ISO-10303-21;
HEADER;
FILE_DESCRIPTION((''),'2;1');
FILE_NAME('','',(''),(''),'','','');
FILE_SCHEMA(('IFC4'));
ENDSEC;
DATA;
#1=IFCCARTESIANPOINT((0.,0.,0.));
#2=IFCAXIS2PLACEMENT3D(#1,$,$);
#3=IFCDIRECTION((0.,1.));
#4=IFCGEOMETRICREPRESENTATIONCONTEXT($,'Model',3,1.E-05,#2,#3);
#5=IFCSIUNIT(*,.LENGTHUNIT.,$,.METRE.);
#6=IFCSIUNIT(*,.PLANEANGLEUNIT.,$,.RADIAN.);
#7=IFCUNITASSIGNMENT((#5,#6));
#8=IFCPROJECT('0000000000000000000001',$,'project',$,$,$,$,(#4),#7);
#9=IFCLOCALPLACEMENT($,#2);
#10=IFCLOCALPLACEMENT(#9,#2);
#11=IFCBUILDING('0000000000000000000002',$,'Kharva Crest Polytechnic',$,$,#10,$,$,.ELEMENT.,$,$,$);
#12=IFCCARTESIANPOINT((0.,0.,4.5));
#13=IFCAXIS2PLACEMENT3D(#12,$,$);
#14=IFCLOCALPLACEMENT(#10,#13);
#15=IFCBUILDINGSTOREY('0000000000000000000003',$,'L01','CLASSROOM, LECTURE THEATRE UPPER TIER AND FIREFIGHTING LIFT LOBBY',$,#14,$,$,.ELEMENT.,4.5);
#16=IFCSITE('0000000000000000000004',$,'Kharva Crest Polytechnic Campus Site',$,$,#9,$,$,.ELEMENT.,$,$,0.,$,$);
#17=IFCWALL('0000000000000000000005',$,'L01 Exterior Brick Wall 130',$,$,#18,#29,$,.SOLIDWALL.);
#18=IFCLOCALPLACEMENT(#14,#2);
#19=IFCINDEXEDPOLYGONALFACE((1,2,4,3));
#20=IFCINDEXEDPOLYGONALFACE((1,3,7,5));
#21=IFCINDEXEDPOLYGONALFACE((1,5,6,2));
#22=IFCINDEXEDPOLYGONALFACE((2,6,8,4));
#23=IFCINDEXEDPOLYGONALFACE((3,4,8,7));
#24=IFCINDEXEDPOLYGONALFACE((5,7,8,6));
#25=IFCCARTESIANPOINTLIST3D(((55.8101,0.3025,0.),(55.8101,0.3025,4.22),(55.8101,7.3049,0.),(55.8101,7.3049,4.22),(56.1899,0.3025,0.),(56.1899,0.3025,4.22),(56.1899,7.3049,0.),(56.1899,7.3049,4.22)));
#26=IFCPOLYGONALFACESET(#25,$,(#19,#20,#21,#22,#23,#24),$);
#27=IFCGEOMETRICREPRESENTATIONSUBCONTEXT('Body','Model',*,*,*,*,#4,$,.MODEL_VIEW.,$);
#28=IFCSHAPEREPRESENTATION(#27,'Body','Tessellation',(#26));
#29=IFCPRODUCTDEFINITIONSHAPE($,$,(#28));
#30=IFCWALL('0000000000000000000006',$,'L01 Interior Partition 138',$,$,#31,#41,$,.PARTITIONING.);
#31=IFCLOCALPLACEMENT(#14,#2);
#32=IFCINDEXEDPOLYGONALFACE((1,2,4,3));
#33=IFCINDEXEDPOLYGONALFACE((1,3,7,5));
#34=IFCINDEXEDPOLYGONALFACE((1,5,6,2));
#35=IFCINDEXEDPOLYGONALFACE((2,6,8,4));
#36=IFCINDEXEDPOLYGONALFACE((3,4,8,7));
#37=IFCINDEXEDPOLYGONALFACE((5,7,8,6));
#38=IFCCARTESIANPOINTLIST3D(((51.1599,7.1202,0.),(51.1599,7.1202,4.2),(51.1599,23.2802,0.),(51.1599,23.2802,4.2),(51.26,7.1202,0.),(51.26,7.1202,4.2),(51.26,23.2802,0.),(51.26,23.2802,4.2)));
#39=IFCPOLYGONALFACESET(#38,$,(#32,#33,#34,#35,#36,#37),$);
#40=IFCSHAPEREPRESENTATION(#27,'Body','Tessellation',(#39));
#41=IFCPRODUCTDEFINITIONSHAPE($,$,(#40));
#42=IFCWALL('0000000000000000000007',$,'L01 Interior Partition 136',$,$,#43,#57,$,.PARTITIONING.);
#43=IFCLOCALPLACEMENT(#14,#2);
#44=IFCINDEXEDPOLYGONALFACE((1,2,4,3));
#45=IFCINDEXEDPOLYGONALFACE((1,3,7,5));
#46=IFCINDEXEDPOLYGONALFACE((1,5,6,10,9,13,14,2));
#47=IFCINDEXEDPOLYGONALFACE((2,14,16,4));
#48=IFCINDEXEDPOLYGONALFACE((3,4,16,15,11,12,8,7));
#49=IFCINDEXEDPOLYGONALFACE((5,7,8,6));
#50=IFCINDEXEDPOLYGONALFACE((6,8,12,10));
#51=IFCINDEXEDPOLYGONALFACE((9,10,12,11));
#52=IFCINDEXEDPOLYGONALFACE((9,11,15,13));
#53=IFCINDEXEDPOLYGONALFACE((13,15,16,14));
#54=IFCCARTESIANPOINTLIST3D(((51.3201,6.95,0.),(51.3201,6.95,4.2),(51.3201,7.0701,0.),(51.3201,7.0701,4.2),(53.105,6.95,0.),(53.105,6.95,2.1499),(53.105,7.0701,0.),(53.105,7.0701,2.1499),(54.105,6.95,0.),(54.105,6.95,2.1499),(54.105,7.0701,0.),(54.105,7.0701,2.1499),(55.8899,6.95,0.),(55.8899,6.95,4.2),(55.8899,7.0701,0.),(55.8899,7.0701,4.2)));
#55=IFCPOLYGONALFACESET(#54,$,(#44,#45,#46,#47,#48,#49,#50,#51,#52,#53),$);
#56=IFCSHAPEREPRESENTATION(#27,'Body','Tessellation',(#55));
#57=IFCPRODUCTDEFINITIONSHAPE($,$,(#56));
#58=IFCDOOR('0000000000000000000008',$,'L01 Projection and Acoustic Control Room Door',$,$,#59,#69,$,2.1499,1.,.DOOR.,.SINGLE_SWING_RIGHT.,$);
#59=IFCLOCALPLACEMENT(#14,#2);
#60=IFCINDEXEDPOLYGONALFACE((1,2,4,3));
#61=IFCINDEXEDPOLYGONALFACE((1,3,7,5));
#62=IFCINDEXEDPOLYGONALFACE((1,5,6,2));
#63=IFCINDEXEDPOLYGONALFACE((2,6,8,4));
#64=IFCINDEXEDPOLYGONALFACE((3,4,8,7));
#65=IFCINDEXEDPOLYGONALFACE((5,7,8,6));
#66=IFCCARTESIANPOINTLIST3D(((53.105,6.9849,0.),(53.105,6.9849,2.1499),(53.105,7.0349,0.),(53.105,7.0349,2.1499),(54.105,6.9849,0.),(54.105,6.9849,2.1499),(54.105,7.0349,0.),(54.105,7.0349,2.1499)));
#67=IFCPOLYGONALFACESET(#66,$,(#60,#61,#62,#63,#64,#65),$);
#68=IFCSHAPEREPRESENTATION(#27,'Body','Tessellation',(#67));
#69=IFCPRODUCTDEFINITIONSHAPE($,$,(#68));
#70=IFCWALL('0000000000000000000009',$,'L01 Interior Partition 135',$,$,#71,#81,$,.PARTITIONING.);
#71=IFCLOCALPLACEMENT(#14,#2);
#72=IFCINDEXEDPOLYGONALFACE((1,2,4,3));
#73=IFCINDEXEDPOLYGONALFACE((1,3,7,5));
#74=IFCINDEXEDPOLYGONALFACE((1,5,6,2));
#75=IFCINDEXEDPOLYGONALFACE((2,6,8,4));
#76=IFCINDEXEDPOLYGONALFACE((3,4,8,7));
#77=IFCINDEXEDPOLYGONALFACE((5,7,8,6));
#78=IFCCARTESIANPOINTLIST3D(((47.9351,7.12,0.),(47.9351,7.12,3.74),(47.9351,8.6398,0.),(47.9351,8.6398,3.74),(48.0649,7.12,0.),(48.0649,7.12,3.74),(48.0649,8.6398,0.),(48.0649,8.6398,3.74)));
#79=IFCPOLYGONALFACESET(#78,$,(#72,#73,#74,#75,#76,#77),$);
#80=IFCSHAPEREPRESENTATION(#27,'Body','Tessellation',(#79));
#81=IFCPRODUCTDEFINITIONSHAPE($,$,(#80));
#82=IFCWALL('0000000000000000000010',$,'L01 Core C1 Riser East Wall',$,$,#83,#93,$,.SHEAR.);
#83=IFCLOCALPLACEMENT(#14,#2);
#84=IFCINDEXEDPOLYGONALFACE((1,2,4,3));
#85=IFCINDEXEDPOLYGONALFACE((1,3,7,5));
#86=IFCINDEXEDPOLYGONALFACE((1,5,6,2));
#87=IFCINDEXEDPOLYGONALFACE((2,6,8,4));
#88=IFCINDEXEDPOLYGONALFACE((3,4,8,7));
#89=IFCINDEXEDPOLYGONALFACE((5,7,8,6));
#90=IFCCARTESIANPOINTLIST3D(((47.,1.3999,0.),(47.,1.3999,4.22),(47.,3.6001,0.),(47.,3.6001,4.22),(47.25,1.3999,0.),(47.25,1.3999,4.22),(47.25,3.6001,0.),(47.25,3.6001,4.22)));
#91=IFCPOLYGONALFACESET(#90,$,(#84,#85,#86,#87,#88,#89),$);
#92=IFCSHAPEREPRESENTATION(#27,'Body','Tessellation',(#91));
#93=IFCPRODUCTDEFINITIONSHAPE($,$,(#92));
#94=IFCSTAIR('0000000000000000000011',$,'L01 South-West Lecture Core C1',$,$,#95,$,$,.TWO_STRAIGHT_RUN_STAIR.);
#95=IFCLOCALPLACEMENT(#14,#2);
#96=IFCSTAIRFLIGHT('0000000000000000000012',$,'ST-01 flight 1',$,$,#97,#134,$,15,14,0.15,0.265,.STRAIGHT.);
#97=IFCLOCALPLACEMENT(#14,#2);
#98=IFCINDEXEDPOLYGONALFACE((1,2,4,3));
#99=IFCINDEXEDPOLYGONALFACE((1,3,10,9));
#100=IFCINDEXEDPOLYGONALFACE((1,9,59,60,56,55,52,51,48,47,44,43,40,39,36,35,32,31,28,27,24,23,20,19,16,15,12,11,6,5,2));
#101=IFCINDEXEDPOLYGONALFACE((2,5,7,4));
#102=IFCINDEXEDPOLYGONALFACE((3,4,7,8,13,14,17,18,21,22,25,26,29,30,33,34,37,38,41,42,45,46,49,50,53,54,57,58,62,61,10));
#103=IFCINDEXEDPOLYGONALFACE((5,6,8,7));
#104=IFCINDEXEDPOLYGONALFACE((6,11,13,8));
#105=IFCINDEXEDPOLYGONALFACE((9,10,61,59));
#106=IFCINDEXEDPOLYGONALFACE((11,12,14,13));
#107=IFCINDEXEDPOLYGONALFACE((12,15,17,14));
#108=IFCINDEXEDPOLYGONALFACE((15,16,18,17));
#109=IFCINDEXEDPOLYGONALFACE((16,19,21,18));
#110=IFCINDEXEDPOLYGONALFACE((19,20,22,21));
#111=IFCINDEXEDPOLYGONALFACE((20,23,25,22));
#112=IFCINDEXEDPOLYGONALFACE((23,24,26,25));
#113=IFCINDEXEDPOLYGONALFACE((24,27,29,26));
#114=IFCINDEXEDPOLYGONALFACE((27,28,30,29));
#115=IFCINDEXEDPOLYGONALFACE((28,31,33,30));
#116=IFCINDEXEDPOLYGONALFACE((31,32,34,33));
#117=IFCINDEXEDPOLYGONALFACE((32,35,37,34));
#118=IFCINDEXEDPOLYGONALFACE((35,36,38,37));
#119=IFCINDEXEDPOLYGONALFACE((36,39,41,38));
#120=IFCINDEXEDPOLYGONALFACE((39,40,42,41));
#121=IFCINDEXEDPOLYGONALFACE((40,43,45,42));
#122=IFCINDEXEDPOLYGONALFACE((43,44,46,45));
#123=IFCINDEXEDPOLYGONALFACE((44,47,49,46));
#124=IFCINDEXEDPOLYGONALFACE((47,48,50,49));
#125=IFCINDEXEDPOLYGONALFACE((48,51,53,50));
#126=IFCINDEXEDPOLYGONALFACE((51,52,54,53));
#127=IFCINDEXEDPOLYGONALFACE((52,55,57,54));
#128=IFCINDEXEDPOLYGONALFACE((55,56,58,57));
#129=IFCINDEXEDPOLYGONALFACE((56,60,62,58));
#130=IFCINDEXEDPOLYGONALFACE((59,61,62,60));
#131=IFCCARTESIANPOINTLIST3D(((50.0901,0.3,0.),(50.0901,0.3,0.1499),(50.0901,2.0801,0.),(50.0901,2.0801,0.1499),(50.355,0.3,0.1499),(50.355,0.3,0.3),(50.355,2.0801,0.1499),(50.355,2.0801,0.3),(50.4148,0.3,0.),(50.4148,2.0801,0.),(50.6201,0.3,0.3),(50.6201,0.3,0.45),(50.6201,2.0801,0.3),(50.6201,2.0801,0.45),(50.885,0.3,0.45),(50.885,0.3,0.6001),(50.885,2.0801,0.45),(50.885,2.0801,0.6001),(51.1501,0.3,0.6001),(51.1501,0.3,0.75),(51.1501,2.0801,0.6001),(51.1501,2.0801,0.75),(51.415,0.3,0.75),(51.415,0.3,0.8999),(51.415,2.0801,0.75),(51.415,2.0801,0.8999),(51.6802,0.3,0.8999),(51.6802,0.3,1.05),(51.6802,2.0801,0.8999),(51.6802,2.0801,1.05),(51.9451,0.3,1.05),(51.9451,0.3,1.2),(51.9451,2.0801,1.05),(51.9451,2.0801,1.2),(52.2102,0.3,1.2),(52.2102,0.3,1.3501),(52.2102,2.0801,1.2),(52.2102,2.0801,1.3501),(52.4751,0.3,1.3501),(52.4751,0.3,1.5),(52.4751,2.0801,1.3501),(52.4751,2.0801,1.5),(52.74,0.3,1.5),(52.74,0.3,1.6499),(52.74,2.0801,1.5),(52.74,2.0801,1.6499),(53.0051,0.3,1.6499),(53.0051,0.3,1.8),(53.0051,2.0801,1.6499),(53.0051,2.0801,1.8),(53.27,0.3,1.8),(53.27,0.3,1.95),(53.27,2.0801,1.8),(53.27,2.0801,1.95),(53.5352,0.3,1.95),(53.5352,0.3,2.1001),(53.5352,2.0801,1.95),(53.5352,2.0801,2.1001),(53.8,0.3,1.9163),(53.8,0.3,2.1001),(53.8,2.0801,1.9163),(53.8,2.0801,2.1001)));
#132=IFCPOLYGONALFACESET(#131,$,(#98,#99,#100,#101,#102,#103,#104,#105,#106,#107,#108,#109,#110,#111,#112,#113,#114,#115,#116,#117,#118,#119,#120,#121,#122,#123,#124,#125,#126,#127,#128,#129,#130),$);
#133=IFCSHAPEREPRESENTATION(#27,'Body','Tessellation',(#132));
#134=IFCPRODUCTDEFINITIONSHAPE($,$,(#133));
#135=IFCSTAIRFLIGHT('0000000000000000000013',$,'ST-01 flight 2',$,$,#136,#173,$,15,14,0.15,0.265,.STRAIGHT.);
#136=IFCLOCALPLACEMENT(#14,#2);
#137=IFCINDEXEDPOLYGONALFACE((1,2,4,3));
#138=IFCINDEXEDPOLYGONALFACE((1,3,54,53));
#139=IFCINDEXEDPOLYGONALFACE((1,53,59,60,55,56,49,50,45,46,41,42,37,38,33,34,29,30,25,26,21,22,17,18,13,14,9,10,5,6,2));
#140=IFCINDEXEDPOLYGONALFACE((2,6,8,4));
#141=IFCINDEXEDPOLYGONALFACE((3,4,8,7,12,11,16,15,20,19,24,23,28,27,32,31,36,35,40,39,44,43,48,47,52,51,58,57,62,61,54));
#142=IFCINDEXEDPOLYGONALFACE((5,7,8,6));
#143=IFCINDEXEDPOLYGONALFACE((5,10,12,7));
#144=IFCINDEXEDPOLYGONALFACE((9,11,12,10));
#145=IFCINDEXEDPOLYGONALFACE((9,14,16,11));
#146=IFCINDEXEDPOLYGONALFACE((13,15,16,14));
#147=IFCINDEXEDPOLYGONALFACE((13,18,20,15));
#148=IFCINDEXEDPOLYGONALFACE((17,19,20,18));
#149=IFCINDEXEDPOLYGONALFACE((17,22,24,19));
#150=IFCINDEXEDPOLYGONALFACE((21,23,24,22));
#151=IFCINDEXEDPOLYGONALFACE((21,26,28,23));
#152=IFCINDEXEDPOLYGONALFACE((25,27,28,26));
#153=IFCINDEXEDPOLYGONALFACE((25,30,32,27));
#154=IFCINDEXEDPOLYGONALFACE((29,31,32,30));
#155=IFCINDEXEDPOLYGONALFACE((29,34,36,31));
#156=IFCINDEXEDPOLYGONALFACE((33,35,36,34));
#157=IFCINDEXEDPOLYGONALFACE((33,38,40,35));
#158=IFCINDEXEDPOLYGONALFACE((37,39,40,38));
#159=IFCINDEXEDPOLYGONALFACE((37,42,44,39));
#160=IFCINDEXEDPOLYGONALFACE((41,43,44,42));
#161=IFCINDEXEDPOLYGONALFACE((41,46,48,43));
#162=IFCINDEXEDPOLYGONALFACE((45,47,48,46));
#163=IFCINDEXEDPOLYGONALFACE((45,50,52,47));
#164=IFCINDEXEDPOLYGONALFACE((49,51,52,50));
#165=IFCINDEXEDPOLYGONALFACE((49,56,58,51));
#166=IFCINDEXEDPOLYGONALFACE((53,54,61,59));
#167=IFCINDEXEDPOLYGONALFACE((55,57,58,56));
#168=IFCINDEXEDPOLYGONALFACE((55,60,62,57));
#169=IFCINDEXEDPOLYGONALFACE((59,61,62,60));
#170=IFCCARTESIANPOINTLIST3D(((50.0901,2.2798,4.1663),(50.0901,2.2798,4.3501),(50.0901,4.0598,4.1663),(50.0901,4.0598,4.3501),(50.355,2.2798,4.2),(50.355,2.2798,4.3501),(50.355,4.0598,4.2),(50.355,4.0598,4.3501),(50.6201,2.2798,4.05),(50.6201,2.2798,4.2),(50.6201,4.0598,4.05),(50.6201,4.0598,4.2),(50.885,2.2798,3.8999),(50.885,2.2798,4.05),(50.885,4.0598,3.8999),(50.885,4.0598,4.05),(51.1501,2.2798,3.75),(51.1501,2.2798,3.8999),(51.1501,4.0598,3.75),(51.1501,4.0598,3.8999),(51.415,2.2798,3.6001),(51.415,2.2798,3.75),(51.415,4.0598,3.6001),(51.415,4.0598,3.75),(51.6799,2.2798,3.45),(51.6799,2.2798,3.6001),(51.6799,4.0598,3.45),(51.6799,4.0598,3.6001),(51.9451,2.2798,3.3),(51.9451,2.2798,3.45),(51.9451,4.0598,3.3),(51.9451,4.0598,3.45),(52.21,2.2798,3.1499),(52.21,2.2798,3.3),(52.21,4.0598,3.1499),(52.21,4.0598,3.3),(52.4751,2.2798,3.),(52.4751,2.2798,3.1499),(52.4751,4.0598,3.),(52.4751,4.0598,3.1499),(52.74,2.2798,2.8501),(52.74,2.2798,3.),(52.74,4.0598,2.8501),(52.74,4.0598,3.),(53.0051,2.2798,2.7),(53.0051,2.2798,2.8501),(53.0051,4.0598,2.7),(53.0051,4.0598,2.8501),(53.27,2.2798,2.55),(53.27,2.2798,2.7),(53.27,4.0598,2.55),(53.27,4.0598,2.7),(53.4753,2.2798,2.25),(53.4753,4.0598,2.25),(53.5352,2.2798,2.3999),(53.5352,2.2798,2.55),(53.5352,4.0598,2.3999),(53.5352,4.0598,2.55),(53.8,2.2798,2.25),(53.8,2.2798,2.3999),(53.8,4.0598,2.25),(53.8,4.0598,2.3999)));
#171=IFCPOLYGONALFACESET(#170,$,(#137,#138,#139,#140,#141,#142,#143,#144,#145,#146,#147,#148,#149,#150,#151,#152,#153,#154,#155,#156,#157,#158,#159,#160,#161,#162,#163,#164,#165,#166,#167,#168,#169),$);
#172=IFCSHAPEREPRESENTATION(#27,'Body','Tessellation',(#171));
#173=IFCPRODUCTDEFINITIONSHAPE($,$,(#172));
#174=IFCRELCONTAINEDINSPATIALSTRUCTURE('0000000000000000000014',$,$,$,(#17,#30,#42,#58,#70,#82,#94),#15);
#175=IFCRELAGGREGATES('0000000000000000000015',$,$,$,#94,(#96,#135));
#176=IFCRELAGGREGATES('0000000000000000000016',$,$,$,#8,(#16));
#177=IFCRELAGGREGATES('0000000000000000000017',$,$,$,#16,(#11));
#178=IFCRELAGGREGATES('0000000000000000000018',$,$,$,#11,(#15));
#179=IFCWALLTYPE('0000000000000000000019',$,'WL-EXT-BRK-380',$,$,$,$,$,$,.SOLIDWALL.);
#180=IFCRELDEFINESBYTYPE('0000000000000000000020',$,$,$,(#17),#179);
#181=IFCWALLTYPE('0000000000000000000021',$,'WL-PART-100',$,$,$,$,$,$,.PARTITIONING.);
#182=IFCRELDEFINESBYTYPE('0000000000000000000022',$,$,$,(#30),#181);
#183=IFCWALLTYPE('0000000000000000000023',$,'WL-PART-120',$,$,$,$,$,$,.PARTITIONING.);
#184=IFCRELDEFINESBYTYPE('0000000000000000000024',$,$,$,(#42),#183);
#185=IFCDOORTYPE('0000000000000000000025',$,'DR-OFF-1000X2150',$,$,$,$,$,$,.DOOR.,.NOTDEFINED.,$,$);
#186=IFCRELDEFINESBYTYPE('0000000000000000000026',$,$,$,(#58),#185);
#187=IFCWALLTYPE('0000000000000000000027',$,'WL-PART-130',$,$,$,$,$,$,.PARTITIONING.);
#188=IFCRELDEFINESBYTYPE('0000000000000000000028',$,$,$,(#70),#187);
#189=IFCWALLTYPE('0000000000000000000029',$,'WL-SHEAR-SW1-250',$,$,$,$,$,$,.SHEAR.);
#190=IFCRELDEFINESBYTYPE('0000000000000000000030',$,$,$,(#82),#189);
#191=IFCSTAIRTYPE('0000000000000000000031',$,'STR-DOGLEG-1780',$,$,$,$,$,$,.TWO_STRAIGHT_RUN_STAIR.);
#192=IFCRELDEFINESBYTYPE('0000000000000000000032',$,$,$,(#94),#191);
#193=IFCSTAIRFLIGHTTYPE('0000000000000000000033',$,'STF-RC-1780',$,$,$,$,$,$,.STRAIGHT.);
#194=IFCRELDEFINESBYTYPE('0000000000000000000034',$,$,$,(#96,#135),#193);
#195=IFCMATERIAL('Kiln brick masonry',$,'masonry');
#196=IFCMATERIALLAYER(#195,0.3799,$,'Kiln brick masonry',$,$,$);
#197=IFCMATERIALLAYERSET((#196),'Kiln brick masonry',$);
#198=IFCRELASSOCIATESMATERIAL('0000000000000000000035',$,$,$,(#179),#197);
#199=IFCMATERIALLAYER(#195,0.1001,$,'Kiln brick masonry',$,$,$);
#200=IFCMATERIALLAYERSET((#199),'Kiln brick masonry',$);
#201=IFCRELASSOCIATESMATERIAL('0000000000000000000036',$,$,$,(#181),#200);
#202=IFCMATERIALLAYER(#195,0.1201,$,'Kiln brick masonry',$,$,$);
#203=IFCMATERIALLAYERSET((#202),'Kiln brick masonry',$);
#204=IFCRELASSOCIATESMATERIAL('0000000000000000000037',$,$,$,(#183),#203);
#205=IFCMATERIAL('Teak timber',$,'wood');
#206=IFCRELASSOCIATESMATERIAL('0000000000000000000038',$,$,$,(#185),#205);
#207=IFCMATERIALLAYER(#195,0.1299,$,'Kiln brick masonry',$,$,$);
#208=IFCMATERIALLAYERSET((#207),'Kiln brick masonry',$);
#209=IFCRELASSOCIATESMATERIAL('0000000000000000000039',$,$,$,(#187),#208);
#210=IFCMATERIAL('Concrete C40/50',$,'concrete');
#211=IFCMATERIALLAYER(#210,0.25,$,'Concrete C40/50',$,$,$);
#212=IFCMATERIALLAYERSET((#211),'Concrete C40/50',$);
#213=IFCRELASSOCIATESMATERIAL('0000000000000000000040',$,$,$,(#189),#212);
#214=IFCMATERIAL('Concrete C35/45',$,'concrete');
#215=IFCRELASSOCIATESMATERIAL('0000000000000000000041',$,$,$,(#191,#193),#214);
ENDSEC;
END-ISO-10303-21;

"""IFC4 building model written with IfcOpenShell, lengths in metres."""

from ifc_helpers import new_model, si_unit, direction, frame, frame_2d, origin, place, context, subcontext, project, spatial, polyline, rectangle, outline, extrude, material, layer, layer_set, type_object, element, fill, aggregate, save


model = new_model("IFC4")

# Units and contexts
model_context = context("Model", 3, precision=1e-05, world=origin(), true_north=direction((0.0, 1.0)))
body_context = subcontext(model_context, "Body", "Model", "MODEL_VIEW")
ifc_project = project(units=[si_unit("LENGTHUNIT", "METRE"), si_unit("PLANEANGLEUNIT", "RADIAN")], contexts=[model_context])

# Site, building, storey
site_placement = place(None, origin())
site = spatial("IfcSite", under=ifc_project, at=site_placement, Name="Kharva Crest Polytechnic Campus Site", CompositionType="ELEMENT", RefElevation=0.0)
building_placement = place(site_placement, origin())
building = spatial("IfcBuilding", under=site, at=building_placement, Name="Kharva Crest Polytechnic", CompositionType="ELEMENT")
storey_placement = place(building_placement, frame((0.0, 0.0, 4.5)))
storey = spatial("IfcBuildingStorey", under=building, at=storey_placement, Name="L01", Description="CLASSROOM, LECTURE THEATRE UPPER TIER AND FIREFIGHTING LIFT LOBBY", CompositionType="ELEMENT", Elevation=4.5)

# Shared definitions
ifc_material_1 = material(Name="Concrete C40/50", Category="concrete")

# Shared definitions
ifc_material_2 = material(Name="Concrete C35/45", Category="concrete")

# Shared definitions
ifc_material_3 = material(Name="Teak timber", Category="wood")

# Walls
ifc_material_4 = material(Name="Kiln brick masonry", Category="masonry")
ifc_layer_1 = layer(ifc_material_4, 0.3799, Name="Kiln brick masonry")
ifc_layer_set_1 = layer_set([ifc_layer_1], Name="Kiln brick masonry")
wall_type_1 = type_object("IfcWallType", Name="WL-EXT-BRK-380", PredefinedType="SOLIDWALL", material=ifc_layer_set_1)
wall_1_placement = place(storey_placement, frame((56.0, 0.3025, 0.0), z_axis=(0.0, 0.0, 1.0), x_axis=(0.0, 1.0, 0.0)))
element("IfcWall", 1, at=wall_1_placement, inside=storey, type_object=wall_type_1, Name="L01 Exterior Brick Wall 130", PredefinedType="SOLIDWALL", context=body_context, shape_type="SweptSolid", body=[
    extrude(rectangle(XDim=7.0024, YDim=0.3799, at=frame_2d((3.5012, 0.0))), origin(), (0.0, 0.0, 1.0), 4.22),
])
ifc_layer_2 = layer(ifc_material_4, 0.1001, Name="Kiln brick masonry")
ifc_layer_set_2 = layer_set([ifc_layer_2], Name="Kiln brick masonry")
wall_type_2 = type_object("IfcWallType", Name="WL-PART-100", PredefinedType="PARTITIONING", material=ifc_layer_set_2)
wall_2_placement = place(storey_placement, frame((51.21, 7.1201, 0.0), z_axis=(0.0, 0.0, 1.0), x_axis=(0.0, 1.0, 0.0)))
element("IfcWall", 2, at=wall_2_placement, inside=storey, type_object=wall_type_2, Name="L01 Interior Partition 138", PredefinedType="PARTITIONING", context=body_context, shape_type="SweptSolid", body=[
    extrude(rectangle(XDim=16.1599, YDim=0.1001, at=frame_2d((8.0801, 0.0))), origin(), (0.0, 0.0, 1.0), 4.2),
])

# Wall, opening, door
ifc_layer_3 = layer(ifc_material_4, 0.1201, Name="Kiln brick masonry")
ifc_layer_set_3 = layer_set([ifc_layer_3], Name="Kiln brick masonry")
wall_type_3 = type_object("IfcWallType", Name="WL-PART-120", PredefinedType="PARTITIONING", material=ifc_layer_set_3)
wall_3_placement = place(storey_placement, frame((51.3201, 7.01, 0.0), z_axis=(0.0, 0.0, 1.0), x_axis=(1.0, 0.0, 0.0)))
wall_3 = element("IfcWall", 3, at=wall_3_placement, inside=storey, type_object=wall_type_3, Name="L01 Interior Partition 136", PredefinedType="PARTITIONING", context=body_context, shape_type="SweptSolid", body=[
    extrude(rectangle(XDim=4.5698, YDim=0.1201, at=frame_2d((2.2849, 0.0))), origin(), (0.0, 0.0, 1.0), 4.2),
])
opening_1_placement = place(wall_3_placement, frame((1.7849, 0.0, 0.0)))
opening_1 = element("IfcOpeningElement", 4, at=opening_1_placement, cuts=wall_3, PredefinedType="OPENING", context=body_context, shape_type="SweptSolid", body=[
    extrude(rectangle(XDim=1.0, YDim=2.1499, at=frame_2d((0.5, 1.075))), frame((0.0, 0.0701, 0.0), z_axis=(0.0, -1.0, 0.0), x_axis=(1.0, 0.0, 0.0)), (0.0, 0.0, 1.0), 0.1401),
])
door_type_1 = type_object("IfcDoorType", Name="DR-OFF-1000X2150", OperationType="NOTDEFINED", PredefinedType="DOOR", material=ifc_material_3)
door_1_placement = place(opening_1_placement, origin())
door_1 = element("IfcDoor", 5, at=door_1_placement, inside=storey, type_object=door_type_1, Name="L01 Projection and Acoustic Control Room Door", OperationType="SINGLE_SWING_RIGHT", OverallHeight=2.1499, OverallWidth=1.0, PredefinedType="DOOR", context=body_context, shape_type="SweptSolid", body=[
    extrude(rectangle(XDim=1.0, YDim=2.1499, at=frame_2d((0.5, 1.075))), frame((0.0, 0.0249, 0.0), z_axis=(0.0, -1.0, 0.0), x_axis=(1.0, 0.0, 0.0)), (0.0, 0.0, 1.0), 0.05),
])
fill(opening_1, door_1)

# Walls
ifc_layer_4 = layer(ifc_material_4, 0.1299, Name="Kiln brick masonry")
ifc_layer_set_4 = layer_set([ifc_layer_4], Name="Kiln brick masonry")
wall_type_4 = type_object("IfcWallType", Name="WL-PART-130", PredefinedType="PARTITIONING", material=ifc_layer_set_4)
wall_4_placement = place(storey_placement, frame((48.0, 7.1201, 0.0), z_axis=(0.0, 0.0, 1.0), x_axis=(0.0, 1.0, 0.0)))
element("IfcWall", 6, at=wall_4_placement, inside=storey, type_object=wall_type_4, Name="L01 Interior Partition 135", PredefinedType="PARTITIONING", context=body_context, shape_type="SweptSolid", body=[
    extrude(rectangle(XDim=1.5198, YDim=0.1299, at=frame_2d((0.7598, 0.0))), origin(), (0.0, 0.0, 1.0), 3.74),
])
ifc_layer_5 = layer(ifc_material_1, 0.25, Name="Concrete C40/50")
ifc_layer_set_5 = layer_set([ifc_layer_5], Name="Concrete C40/50")
wall_type_5 = type_object("IfcWallType", Name="WL-SHEAR-SW1-250", PredefinedType="SHEAR", material=ifc_layer_set_5)
wall_5_placement = place(storey_placement, frame((47.125, 1.3999, 0.0), z_axis=(0.0, 0.0, 1.0), x_axis=(0.0, 1.0, 0.0)))
element("IfcWall", 7, at=wall_5_placement, inside=storey, type_object=wall_type_5, Name="L01 Core C1 Riser East Wall", PredefinedType="SHEAR", context=body_context, shape_type="SweptSolid", body=[
    extrude(rectangle(XDim=2.2002, YDim=0.25, at=frame_2d((1.1001, 0.0))), origin(), (0.0, 0.0, 1.0), 4.22),
])

# Stair, stair flights
stair_type = type_object("IfcStairType", Name="STR-DOGLEG-1780", PredefinedType="TWO_STRAIGHT_RUN_STAIR", material=ifc_material_2)
stair_placement = place(storey_placement, origin())
stair = element("IfcStair", 8, at=stair_placement, inside=storey, type_object=stair_type, Name="L01 South-West Lecture Core C1", PredefinedType="TWO_STRAIGHT_RUN_STAIR")
stair_flight_type = type_object("IfcStairFlightType", Name="STF-RC-1780", PredefinedType="STRAIGHT", material=ifc_material_2)
stair_flight_1_placement = place(storey_placement, frame((50.0901, 1.1899, 0.0), z_axis=(0.0, 0.0, 1.0), x_axis=(1.0, 0.0, 0.0)))
stair_flight_1 = element("IfcStairFlight", 9, at=stair_flight_1_placement, type_object=stair_flight_type, Name="ST-01 flight 1", NumberOfRisers=15, NumberOfTreads=14, PredefinedType="STRAIGHT", RiserHeight=0.15, TreadLength=0.265, context=body_context, shape_type="SweptSolid", body=[
    extrude(outline(polyline([(0.0, 0.0), (0.0, 0.1499), (0.2649, 0.1499), (0.2649, 0.3), (0.53, 0.3), (0.53, 0.45), (0.7949, 0.45), (0.7949, 0.6001), (1.0601, 0.6001), (1.0601, 0.75), (1.325, 0.75), (1.325, 0.8999), (1.5901, 0.8999), (1.5901, 1.05), (1.855, 1.05), (1.855, 1.2), (2.1201, 1.2), (2.1201, 1.3501), (2.385, 1.3501), (2.385, 1.5), (2.6499, 1.5), (2.6499, 1.6499), (2.915, 1.6499), (2.915, 1.8), (3.1799, 1.8), (3.1799, 1.95), (3.4451, 1.95), (3.4451, 2.1001), (3.71, 2.1001), (3.71, 2.25), (3.71, 1.9163), (0.3247, 0.0), (0.0, 0.0)])), frame((0.0, 0.8901, 0.0), z_axis=(0.0, -1.0, 0.0), x_axis=(1.0, 0.0, 0.0)), (0.0, 0.0, 1.0), 1.78),
])
stair_flight_2_placement = place(storey_placement, frame((53.8, 3.1699, 2.25), z_axis=(0.0, 0.0, 1.0), x_axis=(-1.0, 0.0, 0.0)))
stair_flight_2 = element("IfcStairFlight", 10, at=stair_flight_2_placement, type_object=stair_flight_type, Name="ST-01 flight 2", NumberOfRisers=15, NumberOfTreads=14, PredefinedType="STRAIGHT", RiserHeight=0.15, TreadLength=0.265, context=body_context, shape_type="SweptSolid", body=[
    extrude(outline(polyline([(0.0, 0.0), (0.0, 0.1499), (0.2649, 0.1499), (0.2649, 0.3), (0.53, 0.3), (0.53, 0.45), (0.7949, 0.45), (0.7949, 0.6001), (1.0601, 0.6001), (1.0601, 0.75), (1.325, 0.75), (1.325, 0.8999), (1.5901, 0.8999), (1.5901, 1.05), (1.855, 1.05), (1.855, 1.2), (2.1201, 1.2), (2.1201, 1.3501), (2.385, 1.3501), (2.385, 1.5), (2.6499, 1.5), (2.6499, 1.6499), (2.915, 1.6499), (2.915, 1.8), (3.1799, 1.8), (3.1799, 1.95), (3.4451, 1.95), (3.4451, 2.1001), (3.71, 2.1001), (3.71, 2.25), (3.71, 1.9163), (0.3247, 0.0), (0.0, 0.0)])), frame((0.0, 0.8901, 0.0), z_axis=(0.0, -1.0, 0.0), x_axis=(1.0, 0.0, 0.0)), (0.0, 0.0, 1.0), 1.78),
])
aggregate(stair, [stair_flight_1, stair_flight_2])

save(model, "model.ifc")
